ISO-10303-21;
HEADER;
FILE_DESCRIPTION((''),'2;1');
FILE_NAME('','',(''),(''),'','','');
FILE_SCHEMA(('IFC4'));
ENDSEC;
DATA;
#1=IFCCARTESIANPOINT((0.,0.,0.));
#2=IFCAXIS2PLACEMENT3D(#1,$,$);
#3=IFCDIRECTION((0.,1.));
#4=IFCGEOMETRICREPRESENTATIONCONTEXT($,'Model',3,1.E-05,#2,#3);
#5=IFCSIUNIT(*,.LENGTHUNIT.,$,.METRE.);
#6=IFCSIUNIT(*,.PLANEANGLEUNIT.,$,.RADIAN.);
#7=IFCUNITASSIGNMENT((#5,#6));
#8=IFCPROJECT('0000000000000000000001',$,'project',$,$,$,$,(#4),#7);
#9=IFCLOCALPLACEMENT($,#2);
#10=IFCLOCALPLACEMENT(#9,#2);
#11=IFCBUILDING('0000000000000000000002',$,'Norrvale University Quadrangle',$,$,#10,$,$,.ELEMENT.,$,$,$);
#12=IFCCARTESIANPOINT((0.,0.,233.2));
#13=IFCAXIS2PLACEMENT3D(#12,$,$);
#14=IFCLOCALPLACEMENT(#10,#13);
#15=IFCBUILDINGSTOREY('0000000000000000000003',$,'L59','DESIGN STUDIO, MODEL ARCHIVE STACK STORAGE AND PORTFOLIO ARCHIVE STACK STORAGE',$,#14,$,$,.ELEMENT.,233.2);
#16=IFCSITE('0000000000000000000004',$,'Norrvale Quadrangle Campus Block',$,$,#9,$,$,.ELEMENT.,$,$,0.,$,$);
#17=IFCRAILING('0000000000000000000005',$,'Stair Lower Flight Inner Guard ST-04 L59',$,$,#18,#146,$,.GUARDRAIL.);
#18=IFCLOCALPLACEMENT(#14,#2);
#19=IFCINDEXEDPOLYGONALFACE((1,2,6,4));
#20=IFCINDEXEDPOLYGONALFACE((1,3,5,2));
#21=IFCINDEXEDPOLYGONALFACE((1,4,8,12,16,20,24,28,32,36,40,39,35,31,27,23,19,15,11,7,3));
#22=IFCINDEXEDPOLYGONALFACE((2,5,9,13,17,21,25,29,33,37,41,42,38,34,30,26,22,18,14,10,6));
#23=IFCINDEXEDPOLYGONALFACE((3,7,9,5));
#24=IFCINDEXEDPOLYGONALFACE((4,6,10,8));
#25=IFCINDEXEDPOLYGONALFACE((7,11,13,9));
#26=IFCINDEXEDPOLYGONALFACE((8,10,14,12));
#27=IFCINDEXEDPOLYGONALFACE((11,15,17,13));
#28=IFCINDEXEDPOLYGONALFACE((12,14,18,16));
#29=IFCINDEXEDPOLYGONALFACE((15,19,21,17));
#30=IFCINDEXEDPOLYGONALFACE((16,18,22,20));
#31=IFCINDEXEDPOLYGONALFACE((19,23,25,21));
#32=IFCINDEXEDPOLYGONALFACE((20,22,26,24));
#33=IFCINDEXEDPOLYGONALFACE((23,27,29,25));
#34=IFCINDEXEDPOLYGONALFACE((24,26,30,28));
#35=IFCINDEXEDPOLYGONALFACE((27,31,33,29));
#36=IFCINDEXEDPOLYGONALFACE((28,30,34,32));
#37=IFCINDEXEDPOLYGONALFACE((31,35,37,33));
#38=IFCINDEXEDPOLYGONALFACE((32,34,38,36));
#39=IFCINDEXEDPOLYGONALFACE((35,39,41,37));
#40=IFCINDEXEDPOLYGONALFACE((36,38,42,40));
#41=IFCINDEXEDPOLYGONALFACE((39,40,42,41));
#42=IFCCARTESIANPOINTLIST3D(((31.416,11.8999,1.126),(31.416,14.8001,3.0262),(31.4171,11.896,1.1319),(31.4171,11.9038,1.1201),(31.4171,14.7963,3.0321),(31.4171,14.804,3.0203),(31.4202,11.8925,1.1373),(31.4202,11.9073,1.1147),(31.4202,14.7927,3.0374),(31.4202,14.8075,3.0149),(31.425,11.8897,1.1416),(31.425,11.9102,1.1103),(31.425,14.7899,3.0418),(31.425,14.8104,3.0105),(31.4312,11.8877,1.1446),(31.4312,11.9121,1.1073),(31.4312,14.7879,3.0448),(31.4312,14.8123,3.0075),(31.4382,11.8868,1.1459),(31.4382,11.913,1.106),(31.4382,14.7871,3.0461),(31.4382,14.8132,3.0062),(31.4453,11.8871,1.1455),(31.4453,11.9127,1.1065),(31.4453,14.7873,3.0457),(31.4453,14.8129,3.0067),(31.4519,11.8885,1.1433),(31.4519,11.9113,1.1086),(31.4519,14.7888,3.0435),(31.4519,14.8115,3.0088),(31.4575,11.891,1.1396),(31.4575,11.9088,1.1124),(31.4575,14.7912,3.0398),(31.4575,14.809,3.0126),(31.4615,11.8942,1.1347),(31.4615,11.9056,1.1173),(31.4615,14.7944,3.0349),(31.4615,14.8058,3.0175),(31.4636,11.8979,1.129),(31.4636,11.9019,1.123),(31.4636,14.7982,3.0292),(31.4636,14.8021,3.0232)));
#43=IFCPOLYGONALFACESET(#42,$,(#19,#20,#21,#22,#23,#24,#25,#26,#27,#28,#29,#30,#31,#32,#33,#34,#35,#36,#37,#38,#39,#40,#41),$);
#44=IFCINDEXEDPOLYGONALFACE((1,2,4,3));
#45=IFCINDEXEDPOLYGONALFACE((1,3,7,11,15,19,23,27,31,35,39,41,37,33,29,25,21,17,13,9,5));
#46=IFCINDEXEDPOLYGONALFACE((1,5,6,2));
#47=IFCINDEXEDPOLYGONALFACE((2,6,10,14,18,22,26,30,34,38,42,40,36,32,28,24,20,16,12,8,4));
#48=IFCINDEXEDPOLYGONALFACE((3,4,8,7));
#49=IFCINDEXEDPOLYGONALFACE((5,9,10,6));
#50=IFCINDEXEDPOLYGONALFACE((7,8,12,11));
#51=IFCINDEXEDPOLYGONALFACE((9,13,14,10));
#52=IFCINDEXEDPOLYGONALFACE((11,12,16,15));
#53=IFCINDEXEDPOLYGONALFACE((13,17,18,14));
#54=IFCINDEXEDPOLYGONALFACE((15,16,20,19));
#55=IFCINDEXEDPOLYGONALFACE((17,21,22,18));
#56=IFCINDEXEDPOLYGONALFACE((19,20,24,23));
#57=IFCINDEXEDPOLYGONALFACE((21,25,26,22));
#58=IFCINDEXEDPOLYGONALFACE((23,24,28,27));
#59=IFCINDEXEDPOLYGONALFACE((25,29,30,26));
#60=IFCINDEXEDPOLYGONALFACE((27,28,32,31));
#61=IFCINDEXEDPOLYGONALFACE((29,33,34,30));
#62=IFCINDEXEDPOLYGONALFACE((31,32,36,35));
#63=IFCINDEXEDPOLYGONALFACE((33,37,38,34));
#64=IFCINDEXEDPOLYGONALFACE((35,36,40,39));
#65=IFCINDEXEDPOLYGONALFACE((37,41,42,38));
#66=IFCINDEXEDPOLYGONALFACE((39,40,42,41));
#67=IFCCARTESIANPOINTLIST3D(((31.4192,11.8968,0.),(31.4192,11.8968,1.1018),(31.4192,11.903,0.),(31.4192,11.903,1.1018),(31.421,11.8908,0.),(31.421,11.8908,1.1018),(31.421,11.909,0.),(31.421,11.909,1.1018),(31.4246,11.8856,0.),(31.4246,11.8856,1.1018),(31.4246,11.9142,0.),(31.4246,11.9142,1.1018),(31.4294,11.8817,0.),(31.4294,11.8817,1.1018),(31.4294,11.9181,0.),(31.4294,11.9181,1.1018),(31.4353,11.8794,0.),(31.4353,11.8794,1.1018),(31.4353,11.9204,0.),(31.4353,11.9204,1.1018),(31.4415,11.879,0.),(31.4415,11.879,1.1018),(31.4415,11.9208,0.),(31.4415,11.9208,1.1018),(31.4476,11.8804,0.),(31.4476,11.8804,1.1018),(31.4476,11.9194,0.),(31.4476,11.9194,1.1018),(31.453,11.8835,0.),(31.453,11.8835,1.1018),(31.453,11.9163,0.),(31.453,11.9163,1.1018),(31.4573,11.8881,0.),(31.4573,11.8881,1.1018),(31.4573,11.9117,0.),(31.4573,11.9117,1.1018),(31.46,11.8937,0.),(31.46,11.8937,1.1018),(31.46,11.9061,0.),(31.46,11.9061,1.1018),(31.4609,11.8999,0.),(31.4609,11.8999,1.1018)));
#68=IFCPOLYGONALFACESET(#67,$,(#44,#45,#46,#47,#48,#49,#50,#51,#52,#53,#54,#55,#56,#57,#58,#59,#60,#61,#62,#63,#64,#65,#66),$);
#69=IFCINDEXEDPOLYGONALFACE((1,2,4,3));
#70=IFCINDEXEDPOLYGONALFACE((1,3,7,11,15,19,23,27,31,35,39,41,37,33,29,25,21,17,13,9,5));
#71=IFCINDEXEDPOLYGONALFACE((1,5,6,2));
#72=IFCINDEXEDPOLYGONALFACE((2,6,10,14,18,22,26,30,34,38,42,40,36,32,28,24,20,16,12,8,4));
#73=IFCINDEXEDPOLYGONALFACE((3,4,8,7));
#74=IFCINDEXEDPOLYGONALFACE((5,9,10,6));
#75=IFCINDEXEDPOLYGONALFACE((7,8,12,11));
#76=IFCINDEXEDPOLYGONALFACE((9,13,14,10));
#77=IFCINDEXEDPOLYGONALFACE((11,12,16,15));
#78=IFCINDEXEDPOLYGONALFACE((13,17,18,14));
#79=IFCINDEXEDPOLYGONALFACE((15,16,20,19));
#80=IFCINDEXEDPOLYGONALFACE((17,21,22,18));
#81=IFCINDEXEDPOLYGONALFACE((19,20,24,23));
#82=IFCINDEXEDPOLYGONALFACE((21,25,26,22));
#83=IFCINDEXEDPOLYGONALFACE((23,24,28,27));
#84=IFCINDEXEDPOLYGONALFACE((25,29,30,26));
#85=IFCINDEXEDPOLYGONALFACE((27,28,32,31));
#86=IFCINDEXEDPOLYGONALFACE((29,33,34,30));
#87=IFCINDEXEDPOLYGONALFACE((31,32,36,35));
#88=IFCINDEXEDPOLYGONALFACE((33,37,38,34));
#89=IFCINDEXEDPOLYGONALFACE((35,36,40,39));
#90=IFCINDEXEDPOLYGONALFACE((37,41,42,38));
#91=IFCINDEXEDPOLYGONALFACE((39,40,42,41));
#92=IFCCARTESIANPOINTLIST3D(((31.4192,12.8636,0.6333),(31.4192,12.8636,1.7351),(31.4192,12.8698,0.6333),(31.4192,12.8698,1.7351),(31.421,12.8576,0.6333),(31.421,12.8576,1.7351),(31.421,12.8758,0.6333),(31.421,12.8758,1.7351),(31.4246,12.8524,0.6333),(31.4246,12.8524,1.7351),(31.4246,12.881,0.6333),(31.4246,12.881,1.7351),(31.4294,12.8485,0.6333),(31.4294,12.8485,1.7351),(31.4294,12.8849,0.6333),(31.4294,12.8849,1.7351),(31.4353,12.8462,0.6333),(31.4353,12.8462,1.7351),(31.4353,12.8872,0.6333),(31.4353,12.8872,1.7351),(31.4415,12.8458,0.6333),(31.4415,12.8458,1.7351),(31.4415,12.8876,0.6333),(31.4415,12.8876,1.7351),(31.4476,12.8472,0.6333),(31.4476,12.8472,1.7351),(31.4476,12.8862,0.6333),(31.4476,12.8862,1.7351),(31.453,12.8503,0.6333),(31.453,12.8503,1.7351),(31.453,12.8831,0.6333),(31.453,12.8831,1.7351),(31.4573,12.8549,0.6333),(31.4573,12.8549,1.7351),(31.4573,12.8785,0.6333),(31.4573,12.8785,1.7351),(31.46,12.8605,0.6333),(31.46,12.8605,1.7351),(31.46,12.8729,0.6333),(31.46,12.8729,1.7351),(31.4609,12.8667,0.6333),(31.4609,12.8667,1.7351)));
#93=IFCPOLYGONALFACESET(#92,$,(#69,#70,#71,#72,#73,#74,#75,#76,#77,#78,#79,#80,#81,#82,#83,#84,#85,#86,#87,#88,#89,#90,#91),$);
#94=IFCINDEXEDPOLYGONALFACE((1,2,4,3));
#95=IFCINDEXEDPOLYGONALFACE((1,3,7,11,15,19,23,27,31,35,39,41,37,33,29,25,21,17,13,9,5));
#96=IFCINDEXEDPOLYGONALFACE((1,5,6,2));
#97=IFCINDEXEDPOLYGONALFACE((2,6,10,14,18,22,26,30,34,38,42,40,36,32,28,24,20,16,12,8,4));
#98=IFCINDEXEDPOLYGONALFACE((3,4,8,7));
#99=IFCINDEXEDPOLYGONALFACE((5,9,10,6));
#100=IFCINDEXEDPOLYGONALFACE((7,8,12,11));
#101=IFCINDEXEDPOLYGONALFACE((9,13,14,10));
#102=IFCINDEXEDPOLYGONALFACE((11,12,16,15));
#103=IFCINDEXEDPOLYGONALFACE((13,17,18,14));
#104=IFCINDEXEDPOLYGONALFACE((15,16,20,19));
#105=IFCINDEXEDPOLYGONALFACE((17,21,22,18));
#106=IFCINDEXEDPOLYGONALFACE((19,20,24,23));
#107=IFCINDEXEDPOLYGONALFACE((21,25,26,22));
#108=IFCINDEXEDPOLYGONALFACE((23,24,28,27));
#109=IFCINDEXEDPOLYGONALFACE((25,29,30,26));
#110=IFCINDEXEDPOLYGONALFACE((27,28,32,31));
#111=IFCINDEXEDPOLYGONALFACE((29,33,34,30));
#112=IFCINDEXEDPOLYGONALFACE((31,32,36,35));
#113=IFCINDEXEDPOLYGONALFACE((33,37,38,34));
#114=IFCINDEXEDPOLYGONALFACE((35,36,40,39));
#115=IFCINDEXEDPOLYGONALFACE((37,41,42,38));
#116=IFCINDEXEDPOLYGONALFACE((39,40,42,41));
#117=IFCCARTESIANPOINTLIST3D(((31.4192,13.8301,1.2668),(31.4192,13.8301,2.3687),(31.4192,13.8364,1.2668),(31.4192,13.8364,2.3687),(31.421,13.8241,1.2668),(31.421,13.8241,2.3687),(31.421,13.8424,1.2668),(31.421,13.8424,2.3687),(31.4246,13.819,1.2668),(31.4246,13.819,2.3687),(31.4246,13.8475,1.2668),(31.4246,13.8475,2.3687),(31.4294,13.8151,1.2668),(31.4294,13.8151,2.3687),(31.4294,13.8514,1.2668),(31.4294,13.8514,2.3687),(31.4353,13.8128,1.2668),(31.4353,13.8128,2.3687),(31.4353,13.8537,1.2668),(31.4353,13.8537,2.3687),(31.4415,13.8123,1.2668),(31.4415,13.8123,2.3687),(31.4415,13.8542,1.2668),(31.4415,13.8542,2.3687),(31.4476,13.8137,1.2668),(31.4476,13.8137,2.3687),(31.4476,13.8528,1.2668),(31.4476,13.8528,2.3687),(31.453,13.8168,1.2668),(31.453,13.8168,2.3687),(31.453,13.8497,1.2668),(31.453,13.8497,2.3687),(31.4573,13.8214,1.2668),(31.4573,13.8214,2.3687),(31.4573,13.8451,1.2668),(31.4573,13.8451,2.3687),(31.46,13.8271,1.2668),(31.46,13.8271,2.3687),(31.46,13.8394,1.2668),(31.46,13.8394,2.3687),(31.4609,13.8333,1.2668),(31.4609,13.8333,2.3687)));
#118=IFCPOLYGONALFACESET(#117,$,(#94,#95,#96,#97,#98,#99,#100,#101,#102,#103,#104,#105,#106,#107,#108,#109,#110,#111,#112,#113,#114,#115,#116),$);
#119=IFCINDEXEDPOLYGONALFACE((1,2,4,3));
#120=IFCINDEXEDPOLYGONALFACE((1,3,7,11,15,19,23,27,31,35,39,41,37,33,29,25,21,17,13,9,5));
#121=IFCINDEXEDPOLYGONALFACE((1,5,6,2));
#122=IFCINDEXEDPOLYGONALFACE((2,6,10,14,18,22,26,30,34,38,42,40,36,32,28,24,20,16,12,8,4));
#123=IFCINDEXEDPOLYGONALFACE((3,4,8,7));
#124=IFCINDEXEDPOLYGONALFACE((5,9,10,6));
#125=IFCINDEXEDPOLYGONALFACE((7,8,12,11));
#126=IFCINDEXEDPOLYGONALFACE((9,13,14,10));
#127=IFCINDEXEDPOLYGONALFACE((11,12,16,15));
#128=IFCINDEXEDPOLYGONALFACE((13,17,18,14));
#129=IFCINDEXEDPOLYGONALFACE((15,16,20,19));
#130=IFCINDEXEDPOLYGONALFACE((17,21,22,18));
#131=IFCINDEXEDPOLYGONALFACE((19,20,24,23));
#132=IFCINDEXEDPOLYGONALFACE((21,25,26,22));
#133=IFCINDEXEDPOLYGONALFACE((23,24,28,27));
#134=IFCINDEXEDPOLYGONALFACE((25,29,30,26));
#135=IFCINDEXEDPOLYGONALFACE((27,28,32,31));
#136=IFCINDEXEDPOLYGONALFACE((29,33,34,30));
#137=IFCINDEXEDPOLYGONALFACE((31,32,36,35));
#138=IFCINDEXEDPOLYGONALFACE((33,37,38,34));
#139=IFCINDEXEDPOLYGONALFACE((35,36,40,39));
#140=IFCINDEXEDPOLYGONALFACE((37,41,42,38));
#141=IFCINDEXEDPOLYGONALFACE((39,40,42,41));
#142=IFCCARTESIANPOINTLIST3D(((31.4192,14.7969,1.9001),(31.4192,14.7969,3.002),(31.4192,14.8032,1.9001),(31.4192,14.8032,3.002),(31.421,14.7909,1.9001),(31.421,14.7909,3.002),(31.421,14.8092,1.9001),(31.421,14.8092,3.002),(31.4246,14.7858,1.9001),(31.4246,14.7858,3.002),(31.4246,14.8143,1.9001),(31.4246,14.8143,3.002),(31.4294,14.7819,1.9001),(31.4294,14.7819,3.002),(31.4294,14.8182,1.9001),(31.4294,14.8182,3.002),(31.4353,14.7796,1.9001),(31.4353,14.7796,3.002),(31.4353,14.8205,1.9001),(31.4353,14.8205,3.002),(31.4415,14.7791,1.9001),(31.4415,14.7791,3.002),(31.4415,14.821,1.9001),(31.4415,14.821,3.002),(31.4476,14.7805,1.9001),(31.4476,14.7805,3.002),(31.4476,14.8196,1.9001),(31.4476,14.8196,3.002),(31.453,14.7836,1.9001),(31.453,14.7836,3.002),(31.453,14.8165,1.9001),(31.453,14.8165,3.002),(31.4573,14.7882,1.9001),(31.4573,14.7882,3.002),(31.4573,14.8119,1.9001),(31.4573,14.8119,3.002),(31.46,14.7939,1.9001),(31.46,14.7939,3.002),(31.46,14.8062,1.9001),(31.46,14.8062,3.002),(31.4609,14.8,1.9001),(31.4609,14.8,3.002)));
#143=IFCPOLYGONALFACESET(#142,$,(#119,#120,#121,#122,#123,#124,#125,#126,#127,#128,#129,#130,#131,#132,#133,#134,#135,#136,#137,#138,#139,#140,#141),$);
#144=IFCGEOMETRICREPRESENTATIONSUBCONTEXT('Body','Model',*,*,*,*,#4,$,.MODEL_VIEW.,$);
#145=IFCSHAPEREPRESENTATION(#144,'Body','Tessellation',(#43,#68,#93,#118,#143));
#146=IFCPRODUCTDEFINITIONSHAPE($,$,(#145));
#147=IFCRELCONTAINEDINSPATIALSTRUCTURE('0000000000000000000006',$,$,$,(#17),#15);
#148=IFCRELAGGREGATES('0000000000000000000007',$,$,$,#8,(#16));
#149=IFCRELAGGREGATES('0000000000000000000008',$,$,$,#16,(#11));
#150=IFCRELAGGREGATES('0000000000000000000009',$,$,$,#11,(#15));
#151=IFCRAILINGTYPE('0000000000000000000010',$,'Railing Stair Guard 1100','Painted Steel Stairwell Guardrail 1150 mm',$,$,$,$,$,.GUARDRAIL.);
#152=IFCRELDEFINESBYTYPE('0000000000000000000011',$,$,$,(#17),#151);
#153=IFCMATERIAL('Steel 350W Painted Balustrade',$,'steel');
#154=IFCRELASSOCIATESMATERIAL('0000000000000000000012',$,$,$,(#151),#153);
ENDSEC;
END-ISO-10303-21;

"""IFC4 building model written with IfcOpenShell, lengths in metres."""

from ifc_helpers import new_model, si_unit, direction, frame, origin, origin_2d, place, context, subcontext, project, spatial, circle, extrude, material, type_object, element, save


model = new_model("IFC4")

# Units and contexts
model_context = context("Model", 3, precision=1e-05, world=origin(), true_north=direction((0.0, 1.0)))
body_context = subcontext(model_context, "Body", "Model", "MODEL_VIEW")
ifc_project = project(units=[si_unit("LENGTHUNIT", "METRE"), si_unit("PLANEANGLEUNIT", "RADIAN")], contexts=[model_context])

# Site, building, storey
site_placement = place(None, origin())
site = spatial("IfcSite", under=ifc_project, at=site_placement, Name="Norrvale Quadrangle Campus Block", CompositionType="ELEMENT", RefElevation=0.0)
building_placement = place(site_placement, origin())
building = spatial("IfcBuilding", under=site, at=building_placement, Name="Norrvale University Quadrangle", CompositionType="ELEMENT")
storey_placement = place(building_placement, frame((0.0, 0.0, 233.2)))
storey = spatial("IfcBuildingStorey", under=building, at=storey_placement, Name="L59", Description="DESIGN STUDIO, MODEL ARCHIVE STACK STORAGE AND PORTFOLIO ARCHIVE STACK STORAGE", CompositionType="ELEMENT", Elevation=233.2)

# Railing
ifc_material_1 = material(Name="Steel 350W Painted Balustrade", Category="steel")
railing_type_1 = type_object("IfcRailingType", Name="Railing Stair Guard 1100", Description="Painted Steel Stairwell Guardrail 1150 mm", PredefinedType="GUARDRAIL", material=ifc_material_1)
railing_1_placement = place(storey_placement, frame((31.4399, 11.8999, 0.0)))
element("IfcRailing", 1, at=railing_1_placement, inside=storey, type_object=railing_type_1, Name="Stair Lower Flight Inner Guard ST-04 L59", PredefinedType="GUARDRAIL", context=body_context, shape_type="SweptSolid", body=[
    extrude(circle(Radius=0.0239, at=origin_2d()), frame((0.0, 0.0, 1.126), z_axis=(0.0, 0.836454, 0.548036), x_axis=(-1.0, 0.0, 0.0)), (0.0, 0.0, 1.0), 3.4673),
    extrude(circle(Radius=0.021, at=origin_2d()), origin(), (0.0, 0.0, 1.0), 1.1018),
    extrude(circle(Radius=0.021, at=origin_2d()), frame((0.0, 0.9668, 0.6333)), (0.0, 0.0, 1.0), 1.1018),
    extrude(circle(Radius=0.021, at=origin_2d()), frame((0.0, 1.9333, 1.2668)), (0.0, 0.0, 1.0), 1.1018),
    extrude(circle(Radius=0.021, at=origin_2d()), frame((0.0, 2.9001, 1.9001)), (0.0, 0.0, 1.0), 1.1018),
])

save(model, "model.ifc")
